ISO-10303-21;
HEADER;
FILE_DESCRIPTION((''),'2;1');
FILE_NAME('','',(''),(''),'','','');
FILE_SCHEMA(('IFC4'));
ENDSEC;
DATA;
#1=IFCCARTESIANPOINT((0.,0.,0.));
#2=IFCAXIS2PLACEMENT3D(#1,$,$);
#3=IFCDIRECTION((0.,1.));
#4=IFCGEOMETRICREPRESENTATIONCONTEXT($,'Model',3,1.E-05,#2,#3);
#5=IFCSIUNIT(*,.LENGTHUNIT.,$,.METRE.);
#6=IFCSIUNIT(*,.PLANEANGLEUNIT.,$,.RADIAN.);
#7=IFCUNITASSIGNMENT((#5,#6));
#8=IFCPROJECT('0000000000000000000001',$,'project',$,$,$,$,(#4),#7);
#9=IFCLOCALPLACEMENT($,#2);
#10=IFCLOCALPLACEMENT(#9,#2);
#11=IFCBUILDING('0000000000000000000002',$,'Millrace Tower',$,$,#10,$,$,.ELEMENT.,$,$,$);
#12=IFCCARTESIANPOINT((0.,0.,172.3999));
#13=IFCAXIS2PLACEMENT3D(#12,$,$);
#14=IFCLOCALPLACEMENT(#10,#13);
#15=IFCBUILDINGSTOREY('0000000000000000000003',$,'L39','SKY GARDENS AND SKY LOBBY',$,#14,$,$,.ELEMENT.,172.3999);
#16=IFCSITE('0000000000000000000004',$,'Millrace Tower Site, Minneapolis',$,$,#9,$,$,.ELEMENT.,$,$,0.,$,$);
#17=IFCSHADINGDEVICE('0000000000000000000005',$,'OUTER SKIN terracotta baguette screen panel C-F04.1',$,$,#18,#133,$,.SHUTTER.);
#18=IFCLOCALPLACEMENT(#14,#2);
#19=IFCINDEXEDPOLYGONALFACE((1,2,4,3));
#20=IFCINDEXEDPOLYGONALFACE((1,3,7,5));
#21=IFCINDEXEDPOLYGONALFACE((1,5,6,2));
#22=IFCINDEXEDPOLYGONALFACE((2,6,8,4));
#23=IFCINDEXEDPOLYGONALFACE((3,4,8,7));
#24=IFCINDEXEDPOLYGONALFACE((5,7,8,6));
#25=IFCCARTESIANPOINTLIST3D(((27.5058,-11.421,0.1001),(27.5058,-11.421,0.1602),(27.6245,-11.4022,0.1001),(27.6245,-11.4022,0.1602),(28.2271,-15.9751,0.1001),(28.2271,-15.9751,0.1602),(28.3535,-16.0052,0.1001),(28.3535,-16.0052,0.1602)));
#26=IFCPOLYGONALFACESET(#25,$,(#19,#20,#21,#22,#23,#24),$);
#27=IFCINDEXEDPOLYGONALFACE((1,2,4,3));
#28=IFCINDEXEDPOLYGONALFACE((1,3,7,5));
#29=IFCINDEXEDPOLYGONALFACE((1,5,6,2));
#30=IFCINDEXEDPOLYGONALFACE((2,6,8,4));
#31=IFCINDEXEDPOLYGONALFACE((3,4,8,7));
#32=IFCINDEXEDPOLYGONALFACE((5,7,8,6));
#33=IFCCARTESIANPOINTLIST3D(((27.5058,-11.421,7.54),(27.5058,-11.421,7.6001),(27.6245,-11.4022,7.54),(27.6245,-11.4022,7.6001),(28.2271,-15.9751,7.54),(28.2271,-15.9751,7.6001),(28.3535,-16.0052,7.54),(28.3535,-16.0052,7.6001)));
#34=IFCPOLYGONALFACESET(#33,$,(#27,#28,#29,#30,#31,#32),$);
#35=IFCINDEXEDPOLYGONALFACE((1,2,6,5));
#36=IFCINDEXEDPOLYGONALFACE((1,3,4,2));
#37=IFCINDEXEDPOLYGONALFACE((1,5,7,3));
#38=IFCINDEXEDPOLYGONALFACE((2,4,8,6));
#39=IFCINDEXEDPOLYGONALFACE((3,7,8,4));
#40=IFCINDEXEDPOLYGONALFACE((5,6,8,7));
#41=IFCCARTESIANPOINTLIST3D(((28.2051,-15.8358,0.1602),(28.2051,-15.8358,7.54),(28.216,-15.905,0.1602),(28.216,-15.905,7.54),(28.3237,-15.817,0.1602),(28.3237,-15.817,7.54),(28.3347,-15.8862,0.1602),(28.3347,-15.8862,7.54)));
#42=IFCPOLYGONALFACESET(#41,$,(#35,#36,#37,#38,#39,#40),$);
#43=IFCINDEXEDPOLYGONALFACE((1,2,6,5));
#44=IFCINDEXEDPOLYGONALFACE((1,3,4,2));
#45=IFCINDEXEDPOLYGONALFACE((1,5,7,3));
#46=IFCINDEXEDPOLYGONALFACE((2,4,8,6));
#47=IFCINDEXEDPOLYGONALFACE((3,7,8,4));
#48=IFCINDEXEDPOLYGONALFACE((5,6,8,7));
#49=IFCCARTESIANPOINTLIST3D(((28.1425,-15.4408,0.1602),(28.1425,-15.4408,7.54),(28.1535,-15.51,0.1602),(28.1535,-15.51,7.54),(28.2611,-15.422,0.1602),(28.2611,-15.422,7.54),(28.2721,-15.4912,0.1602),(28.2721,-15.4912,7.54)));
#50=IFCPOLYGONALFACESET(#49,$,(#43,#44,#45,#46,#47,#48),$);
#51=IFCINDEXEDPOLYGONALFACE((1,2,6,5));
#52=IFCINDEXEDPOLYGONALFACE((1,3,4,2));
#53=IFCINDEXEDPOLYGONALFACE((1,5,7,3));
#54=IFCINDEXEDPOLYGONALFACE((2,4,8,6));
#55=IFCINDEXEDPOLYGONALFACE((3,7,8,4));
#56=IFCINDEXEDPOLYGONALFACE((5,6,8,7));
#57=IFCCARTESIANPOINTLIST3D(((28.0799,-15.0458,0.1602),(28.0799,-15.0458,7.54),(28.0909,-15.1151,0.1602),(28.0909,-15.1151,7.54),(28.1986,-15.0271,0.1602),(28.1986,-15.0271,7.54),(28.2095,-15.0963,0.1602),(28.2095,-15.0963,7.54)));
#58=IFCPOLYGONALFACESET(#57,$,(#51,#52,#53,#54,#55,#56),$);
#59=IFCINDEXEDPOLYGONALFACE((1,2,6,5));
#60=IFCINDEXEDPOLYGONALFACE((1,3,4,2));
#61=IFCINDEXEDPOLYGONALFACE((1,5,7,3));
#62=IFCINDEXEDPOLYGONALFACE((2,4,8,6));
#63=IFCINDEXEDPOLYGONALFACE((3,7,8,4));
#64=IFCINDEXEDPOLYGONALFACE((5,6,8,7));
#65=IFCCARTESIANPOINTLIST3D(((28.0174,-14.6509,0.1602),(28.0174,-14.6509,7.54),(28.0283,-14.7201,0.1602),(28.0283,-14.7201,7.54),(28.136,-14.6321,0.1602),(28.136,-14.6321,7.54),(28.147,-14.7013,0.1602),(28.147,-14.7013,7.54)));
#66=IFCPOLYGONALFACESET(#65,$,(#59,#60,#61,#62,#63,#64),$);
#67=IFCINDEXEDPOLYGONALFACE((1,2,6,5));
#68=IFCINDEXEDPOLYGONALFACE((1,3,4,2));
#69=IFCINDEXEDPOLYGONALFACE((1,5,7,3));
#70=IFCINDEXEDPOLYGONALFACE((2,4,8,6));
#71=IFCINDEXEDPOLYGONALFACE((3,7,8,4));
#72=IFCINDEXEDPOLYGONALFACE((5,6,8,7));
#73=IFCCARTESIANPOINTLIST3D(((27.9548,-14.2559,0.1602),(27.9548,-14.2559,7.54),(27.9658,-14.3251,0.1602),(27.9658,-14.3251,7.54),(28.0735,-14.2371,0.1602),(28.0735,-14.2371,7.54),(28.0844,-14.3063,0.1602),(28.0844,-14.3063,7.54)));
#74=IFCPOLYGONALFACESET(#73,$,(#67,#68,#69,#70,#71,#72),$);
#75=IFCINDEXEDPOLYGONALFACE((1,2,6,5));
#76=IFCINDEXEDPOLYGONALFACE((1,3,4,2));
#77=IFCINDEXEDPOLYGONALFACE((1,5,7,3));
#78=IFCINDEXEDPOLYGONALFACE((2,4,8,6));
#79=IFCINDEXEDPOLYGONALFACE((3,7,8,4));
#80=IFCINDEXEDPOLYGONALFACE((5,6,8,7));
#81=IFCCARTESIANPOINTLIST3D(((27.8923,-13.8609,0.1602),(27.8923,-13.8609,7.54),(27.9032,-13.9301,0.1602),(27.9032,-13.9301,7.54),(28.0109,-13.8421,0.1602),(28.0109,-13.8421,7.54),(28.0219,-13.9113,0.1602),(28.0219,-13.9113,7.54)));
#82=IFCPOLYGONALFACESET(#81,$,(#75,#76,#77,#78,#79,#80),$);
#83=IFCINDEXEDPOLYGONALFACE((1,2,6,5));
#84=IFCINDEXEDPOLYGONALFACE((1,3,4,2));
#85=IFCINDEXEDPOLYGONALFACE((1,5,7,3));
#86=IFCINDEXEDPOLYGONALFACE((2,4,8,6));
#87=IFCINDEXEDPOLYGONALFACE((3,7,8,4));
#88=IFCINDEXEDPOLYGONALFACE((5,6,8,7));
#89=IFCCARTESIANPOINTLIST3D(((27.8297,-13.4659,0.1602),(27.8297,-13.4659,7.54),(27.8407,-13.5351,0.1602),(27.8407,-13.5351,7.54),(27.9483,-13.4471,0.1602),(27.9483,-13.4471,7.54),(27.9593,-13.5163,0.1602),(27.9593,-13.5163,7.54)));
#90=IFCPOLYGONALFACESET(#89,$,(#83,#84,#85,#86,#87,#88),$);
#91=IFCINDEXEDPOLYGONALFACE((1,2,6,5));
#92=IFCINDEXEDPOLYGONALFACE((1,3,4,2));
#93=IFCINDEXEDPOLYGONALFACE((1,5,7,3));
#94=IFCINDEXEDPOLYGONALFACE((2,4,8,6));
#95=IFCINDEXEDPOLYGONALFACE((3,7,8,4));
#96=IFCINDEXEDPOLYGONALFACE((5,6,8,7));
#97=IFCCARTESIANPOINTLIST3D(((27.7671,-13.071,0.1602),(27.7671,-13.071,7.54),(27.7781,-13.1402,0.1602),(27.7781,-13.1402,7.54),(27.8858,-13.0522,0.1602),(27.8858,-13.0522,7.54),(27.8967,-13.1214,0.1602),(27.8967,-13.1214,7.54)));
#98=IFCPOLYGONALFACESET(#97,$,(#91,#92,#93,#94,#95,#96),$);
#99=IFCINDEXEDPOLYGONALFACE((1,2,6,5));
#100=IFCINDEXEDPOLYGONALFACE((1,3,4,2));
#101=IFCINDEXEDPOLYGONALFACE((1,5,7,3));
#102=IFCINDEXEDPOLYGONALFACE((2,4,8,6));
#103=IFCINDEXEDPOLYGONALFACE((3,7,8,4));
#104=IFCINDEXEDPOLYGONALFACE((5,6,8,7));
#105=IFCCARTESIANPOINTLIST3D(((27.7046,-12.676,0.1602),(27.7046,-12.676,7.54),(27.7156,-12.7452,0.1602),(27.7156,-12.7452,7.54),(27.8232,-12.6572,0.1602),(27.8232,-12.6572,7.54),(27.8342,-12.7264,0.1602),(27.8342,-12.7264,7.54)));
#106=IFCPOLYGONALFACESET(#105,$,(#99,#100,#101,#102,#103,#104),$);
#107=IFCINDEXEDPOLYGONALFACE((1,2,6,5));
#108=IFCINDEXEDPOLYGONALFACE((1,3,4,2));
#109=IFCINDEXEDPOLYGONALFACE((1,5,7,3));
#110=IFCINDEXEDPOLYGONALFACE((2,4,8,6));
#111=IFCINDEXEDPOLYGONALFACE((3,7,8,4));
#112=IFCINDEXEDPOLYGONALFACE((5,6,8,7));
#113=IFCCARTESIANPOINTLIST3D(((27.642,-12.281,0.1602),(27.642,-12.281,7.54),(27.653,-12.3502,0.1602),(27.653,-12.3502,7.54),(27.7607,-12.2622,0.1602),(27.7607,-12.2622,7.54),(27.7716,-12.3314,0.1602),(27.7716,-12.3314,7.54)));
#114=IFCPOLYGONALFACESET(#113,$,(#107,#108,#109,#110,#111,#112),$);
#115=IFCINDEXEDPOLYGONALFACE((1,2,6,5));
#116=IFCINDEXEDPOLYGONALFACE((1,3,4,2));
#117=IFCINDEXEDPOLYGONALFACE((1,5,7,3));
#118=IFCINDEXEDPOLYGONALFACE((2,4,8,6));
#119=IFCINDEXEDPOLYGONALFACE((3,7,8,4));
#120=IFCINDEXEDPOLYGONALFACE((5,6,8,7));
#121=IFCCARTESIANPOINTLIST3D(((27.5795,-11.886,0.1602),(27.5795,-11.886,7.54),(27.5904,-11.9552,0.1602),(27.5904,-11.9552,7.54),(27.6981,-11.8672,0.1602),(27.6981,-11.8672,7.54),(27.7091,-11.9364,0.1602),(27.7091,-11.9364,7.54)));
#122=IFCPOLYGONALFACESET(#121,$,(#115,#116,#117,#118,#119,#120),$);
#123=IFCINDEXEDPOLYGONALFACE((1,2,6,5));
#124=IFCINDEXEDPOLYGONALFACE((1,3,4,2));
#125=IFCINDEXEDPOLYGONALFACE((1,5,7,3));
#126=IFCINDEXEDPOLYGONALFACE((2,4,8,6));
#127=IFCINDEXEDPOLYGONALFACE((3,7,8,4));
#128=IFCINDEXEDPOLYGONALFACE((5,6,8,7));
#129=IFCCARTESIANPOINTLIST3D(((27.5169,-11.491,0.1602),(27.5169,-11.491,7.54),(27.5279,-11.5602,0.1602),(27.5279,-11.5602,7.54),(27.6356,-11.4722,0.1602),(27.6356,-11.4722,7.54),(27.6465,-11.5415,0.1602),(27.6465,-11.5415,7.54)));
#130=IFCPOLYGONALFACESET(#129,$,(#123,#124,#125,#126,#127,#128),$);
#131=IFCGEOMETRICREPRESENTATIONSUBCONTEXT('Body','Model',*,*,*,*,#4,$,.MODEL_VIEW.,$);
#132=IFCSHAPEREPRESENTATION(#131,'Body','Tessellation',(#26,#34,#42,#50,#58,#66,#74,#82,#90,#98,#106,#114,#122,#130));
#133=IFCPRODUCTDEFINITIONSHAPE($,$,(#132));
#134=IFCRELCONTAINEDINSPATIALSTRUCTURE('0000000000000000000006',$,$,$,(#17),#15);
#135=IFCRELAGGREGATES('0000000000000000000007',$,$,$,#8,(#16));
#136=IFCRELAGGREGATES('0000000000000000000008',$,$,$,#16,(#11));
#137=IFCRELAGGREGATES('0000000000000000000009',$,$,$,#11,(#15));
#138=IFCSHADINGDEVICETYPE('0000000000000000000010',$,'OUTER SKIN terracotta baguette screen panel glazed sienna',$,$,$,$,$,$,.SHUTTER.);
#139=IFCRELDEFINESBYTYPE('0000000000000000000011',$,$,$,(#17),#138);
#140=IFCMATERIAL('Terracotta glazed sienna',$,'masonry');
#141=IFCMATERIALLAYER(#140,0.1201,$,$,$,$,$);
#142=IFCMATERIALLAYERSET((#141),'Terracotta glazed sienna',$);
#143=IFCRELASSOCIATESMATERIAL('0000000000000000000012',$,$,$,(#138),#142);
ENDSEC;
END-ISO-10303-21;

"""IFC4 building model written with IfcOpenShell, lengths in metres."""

from ifc_helpers import new_model, entity, si_unit, direction, frame, frame_2d, origin, place, context, subcontext, project, spatial, rectangle, extrude, source, transform, mapped, material, layer, layer_set, type_object, element, save


model = new_model("IFC4")

# Units and contexts
model_context = context("Model", 3, precision=1e-05, world=origin(), true_north=direction((0.0, 1.0)))
body_context = subcontext(model_context, "Body", "Model", "MODEL_VIEW")
ifc_project = project(units=[si_unit("LENGTHUNIT", "METRE"), si_unit("PLANEANGLEUNIT", "RADIAN")], contexts=[model_context])

# Site, building, storey
site_placement = place(None, origin())
site = spatial("IfcSite", under=ifc_project, at=site_placement, Name="Millrace Tower Site, Minneapolis", CompositionType="ELEMENT", RefElevation=0.0)
building_placement = place(site_placement, origin())
building = spatial("IfcBuilding", under=site, at=building_placement, Name="Millrace Tower", CompositionType="ELEMENT")
storey_placement = place(building_placement, frame((0.0, 0.0, 172.3999)))
storey = spatial("IfcBuildingStorey", under=building, at=storey_placement, Name="L39", Description="SKY GARDENS AND SKY LOBBY", CompositionType="ELEMENT", Elevation=172.3999)

# Shading device
ifc_material_1 = material(Name="Terracotta glazed sienna", Category="masonry")
ifc_layer_1 = layer(ifc_material_1, 0.1201)
ifc_layer_set_1 = layer_set([ifc_layer_1], Name="Terracotta glazed sienna")
shading_device_type = type_object("IfcShadingDeviceType", Name="OUTER SKIN terracotta baguette screen panel glazed sienna", PredefinedType="SHUTTER", material=ifc_layer_set_1)
cartesian_point_1 = entity("IfcCartesianPoint", [-2.293, 0.0601])
shared_polyline_1 = entity("IfcPolyline", [cartesian_point_1, entity("IfcCartesianPoint", [2.3179, 0.0601]), entity("IfcCartesianPoint", [2.3179, -0.0601]), entity("IfcCartesianPoint", [-2.3425, -0.0601]), cartesian_point_1])
shared_shape_1 = source(origin(), body_context, "Body", "SweptSolid", [
    entity("IfcExtrudedAreaSolid", entity("IfcArbitraryClosedProfileDef", "AREA", None, shared_polyline_1), entity("IfcAxis2Placement3D", entity("IfcCartesianPoint", [0.0, 0.0, 0.0])), entity("IfcDirection", [0.0, 0.0, 1.0]), 0.0601),
    entity("IfcExtrudedAreaSolid", entity("IfcArbitraryClosedProfileDef", "AREA", None, shared_polyline_1), entity("IfcAxis2Placement3D", entity("IfcCartesianPoint", [0.0, 0.0, 7.4399])), entity("IfcDirection", [0.0, 0.0, 1.0]), 0.0601),
    extrude(rectangle(XDim=0.0701, YDim=0.1201, at=frame_2d((-2.187, 0.0))), frame((0.0, 0.0, 0.0601)), (0.0, 0.0, 1.0), 7.3799),
    extrude(rectangle(XDim=0.0701, YDim=0.1201, at=frame_2d((-1.7871, 0.0))), frame((0.0, 0.0, 0.0601)), (0.0, 0.0, 1.0), 7.3799),
    extrude(rectangle(XDim=0.0701, YDim=0.1201, at=frame_2d((-1.3872, 0.0))), frame((0.0, 0.0, 0.0601)), (0.0, 0.0, 1.0), 7.3799),
    extrude(rectangle(XDim=0.0701, YDim=0.1201, at=frame_2d((-0.9873, 0.0))), frame((0.0, 0.0, 0.0601)), (0.0, 0.0, 1.0), 7.3799),
    extrude(rectangle(XDim=0.0701, YDim=0.1201, at=frame_2d((-0.5874, 0.0))), frame((0.0, 0.0, 0.0601)), (0.0, 0.0, 1.0), 7.3799),
    extrude(rectangle(XDim=0.0701, YDim=0.1201, at=frame_2d((-0.1875, 0.0))), frame((0.0, 0.0, 0.0601)), (0.0, 0.0, 1.0), 7.3799),
    extrude(rectangle(XDim=0.0701, YDim=0.1201, at=frame_2d((0.2124, 0.0))), frame((0.0, 0.0, 0.0601)), (0.0, 0.0, 1.0), 7.3799),
    extrude(rectangle(XDim=0.0701, YDim=0.1201, at=frame_2d((0.6123, 0.0))), frame((0.0, 0.0, 0.0601)), (0.0, 0.0, 1.0), 7.3799),
    extrude(rectangle(XDim=0.0701, YDim=0.1201, at=frame_2d((1.0122, 0.0))), frame((0.0, 0.0, 0.0601)), (0.0, 0.0, 1.0), 7.3799),
    extrude(rectangle(XDim=0.0701, YDim=0.1201, at=frame_2d((1.4121, 0.0))), frame((0.0, 0.0, 0.0601)), (0.0, 0.0, 1.0), 7.3799),
    extrude(rectangle(XDim=0.0701, YDim=0.1201, at=frame_2d((1.812, 0.0))), frame((0.0, 0.0, 0.0601)), (0.0, 0.0, 1.0), 7.3799),
    extrude(rectangle(XDim=0.0701, YDim=0.1201, at=frame_2d((2.2119, 0.0))), frame((0.0, 0.0, 0.0601)), (0.0, 0.0, 1.0), 7.3799),
])
shading_device_1_placement = place(storey_placement, frame((27.9277, -13.7009, 0.1001), z_axis=(0.0, 0.0, 1.0), x_axis=(-0.156434, 0.987688, 0.0)))
element("IfcShadingDevice", 1, at=shading_device_1_placement, inside=storey, type_object=shading_device_type, Name="OUTER SKIN terracotta baguette screen panel C-F04.1", PredefinedType="SHUTTER", context=body_context, shape_type="MappedRepresentation", body=[
    mapped(shared_shape_1, transform((0.0, 0.0, 0.0), scale=1.0)),
])

save(model, "model.ifc")
